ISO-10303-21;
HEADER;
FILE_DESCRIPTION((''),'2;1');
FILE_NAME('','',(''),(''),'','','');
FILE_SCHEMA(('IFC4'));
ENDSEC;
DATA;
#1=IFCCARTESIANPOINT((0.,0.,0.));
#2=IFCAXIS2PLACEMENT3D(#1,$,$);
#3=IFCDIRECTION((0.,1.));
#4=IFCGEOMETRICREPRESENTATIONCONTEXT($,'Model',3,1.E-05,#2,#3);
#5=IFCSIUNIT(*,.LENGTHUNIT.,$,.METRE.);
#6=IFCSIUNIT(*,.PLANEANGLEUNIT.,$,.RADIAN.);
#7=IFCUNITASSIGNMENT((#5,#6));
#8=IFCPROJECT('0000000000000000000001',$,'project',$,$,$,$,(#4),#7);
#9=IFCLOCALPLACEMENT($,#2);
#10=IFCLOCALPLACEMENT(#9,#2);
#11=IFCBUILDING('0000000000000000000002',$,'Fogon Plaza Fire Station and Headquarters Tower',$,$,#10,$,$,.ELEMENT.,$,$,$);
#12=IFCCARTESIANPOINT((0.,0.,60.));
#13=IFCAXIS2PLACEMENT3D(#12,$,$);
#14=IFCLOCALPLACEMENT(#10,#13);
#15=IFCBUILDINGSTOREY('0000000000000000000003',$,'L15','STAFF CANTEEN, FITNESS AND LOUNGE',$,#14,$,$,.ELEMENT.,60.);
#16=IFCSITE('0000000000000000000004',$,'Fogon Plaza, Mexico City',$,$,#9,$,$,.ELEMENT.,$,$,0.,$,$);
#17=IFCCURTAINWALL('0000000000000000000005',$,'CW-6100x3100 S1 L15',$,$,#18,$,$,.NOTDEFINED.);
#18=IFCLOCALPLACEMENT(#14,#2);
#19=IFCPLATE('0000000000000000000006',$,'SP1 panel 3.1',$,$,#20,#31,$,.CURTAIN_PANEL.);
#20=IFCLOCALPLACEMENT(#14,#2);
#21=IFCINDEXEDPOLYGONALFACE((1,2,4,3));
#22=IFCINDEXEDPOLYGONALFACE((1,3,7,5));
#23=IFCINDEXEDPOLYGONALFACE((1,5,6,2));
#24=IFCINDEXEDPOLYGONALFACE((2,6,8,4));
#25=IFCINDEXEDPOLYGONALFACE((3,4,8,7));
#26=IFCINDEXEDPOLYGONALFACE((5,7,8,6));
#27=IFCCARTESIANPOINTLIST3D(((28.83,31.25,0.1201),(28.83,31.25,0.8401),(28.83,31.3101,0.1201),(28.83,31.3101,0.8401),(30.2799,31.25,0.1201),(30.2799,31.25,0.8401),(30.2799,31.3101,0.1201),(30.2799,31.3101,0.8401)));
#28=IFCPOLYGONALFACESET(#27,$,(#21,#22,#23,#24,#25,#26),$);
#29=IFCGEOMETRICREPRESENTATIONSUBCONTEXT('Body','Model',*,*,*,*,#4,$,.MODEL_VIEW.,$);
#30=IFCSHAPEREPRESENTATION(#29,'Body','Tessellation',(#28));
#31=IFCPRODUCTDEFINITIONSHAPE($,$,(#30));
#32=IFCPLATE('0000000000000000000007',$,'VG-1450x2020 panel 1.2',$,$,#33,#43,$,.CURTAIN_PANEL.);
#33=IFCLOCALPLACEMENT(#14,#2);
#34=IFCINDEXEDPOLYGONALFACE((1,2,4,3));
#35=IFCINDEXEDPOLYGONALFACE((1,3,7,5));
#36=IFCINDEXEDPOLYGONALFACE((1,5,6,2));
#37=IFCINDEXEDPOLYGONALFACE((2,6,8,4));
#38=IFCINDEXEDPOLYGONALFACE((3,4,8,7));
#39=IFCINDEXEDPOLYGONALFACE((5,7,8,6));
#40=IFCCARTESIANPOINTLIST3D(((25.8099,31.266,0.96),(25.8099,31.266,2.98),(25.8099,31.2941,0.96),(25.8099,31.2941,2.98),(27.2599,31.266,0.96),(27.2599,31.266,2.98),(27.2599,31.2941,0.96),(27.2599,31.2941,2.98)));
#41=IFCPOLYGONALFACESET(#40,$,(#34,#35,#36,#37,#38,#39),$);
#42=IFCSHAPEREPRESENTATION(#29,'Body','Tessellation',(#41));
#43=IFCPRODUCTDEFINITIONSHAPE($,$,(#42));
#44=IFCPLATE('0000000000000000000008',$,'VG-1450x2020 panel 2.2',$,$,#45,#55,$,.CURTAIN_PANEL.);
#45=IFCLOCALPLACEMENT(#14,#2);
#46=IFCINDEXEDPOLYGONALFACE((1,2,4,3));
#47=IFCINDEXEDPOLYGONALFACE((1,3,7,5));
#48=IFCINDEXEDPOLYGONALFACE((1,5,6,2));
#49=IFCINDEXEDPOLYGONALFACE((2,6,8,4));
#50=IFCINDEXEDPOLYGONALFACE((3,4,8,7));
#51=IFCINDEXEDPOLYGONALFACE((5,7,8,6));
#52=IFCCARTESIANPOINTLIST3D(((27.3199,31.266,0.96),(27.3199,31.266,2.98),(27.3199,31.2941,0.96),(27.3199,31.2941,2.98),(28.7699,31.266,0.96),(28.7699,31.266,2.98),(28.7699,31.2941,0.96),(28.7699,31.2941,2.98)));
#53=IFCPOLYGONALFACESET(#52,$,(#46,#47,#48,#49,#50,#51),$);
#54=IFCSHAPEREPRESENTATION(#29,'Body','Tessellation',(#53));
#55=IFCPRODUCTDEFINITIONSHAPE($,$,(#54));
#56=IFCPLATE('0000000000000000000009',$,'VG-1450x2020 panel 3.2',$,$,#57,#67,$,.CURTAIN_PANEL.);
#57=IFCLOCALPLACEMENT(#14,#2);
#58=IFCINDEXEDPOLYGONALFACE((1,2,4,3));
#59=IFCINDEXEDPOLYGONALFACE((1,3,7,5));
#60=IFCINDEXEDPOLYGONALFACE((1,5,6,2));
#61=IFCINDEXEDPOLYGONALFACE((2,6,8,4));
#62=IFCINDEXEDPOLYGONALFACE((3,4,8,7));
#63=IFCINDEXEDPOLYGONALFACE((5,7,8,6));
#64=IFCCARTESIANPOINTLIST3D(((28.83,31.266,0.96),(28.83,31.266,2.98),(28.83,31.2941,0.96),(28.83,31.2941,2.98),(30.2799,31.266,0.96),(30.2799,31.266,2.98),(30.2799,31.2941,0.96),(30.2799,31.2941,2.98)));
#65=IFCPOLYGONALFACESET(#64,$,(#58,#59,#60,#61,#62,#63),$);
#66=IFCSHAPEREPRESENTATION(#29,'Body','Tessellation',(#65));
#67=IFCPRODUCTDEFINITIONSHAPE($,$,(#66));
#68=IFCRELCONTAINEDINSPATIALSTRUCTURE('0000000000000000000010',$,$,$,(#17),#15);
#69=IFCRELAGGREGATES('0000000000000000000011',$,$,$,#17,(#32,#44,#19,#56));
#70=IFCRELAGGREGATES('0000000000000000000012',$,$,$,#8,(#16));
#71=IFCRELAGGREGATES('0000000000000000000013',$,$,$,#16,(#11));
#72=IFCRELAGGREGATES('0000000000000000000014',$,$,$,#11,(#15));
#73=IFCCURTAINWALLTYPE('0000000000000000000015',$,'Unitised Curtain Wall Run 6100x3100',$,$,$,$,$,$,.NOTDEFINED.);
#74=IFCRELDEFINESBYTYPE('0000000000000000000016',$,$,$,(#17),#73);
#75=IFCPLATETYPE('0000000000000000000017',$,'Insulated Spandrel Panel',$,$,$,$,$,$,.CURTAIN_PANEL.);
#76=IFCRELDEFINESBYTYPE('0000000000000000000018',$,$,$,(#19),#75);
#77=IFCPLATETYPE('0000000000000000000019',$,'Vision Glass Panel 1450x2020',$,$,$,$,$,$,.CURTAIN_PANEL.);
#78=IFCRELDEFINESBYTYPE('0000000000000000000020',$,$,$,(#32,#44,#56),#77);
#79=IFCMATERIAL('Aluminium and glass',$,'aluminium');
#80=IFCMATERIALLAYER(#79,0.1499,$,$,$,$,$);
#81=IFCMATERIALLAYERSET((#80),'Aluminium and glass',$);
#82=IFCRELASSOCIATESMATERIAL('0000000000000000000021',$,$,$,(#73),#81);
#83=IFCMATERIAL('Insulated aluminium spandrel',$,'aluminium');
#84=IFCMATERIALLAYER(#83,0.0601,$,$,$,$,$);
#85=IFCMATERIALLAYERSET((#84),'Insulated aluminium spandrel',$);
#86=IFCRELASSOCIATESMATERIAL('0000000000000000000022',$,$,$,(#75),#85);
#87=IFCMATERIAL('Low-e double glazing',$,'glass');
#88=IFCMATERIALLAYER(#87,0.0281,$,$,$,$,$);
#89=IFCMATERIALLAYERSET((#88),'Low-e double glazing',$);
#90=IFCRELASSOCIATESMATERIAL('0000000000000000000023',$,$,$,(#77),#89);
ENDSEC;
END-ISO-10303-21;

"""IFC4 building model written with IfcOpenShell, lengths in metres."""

from ifc_helpers import new_model, si_unit, direction, frame, origin, origin_2d, place, context, subcontext, project, spatial, rectangle, extrude, material, layer, layer_set, type_object, element, aggregate, save


model = new_model("IFC4")

# Units and contexts
model_context = context("Model", 3, precision=1e-05, world=origin(), true_north=direction((0.0, 1.0)))
body_context = subcontext(model_context, "Body", "Model", "MODEL_VIEW")
ifc_project = project(units=[si_unit("LENGTHUNIT", "METRE"), si_unit("PLANEANGLEUNIT", "RADIAN")], contexts=[model_context])

# Site, building, storey
site_placement = place(None, origin())
site = spatial("IfcSite", under=ifc_project, at=site_placement, Name="Fogon Plaza, Mexico City", CompositionType="ELEMENT", RefElevation=0.0)
building_placement = place(site_placement, origin())
building = spatial("IfcBuilding", under=site, at=building_placement, Name="Fogon Plaza Fire Station and Headquarters Tower", CompositionType="ELEMENT")
storey_placement = place(building_placement, frame((0.0, 0.0, 60.0)))
storey = spatial("IfcBuildingStorey", under=building, at=storey_placement, Name="L15", Description="STAFF CANTEEN, FITNESS AND LOUNGE", CompositionType="ELEMENT", Elevation=60.0)

# Curtain wall
ifc_material_1 = material(Name="Aluminium and glass", Category="aluminium")
ifc_layer_1 = layer(ifc_material_1, 0.1499)
ifc_layer_set_1 = layer_set([ifc_layer_1], Name="Aluminium and glass")
curtain_wall_type = type_object("IfcCurtainWallType", Name="Unitised Curtain Wall Run 6100x3100", PredefinedType="NOTDEFINED", material=ifc_layer_set_1)
curtain_wall_placement = place(storey_placement, origin())
curtain_wall = element("IfcCurtainWall", 1, at=curtain_wall_placement, inside=storey, type_object=curtain_wall_type, Name="CW-6100x3100 S1 L15", PredefinedType="NOTDEFINED")

# Plates
ifc_material_2 = material(Name="Insulated aluminium spandrel", Category="aluminium")
ifc_layer_2 = layer(ifc_material_2, 0.0601)
ifc_layer_set_2 = layer_set([ifc_layer_2], Name="Insulated aluminium spandrel")
plate_type_1 = type_object("IfcPlateType", Name="Insulated Spandrel Panel", PredefinedType="CURTAIN_PANEL", material=ifc_layer_set_2)
plate_1_placement = place(storey_placement, frame((29.5549, 31.28, 0.1201), z_axis=(0.0, 0.0, 1.0), x_axis=(1.0, 0.0, 0.0)))
plate_1 = element("IfcPlate", 2, at=plate_1_placement, type_object=plate_type_1, Name="SP1 panel 3.1", PredefinedType="CURTAIN_PANEL", context=body_context, shape_type="SweptSolid", body=[
    extrude(rectangle(XDim=1.45, YDim=0.0601, at=origin_2d()), origin(), (0.0, 0.0, 1.0), 0.72),
])
ifc_material_3 = material(Name="Low-e double glazing", Category="glass")
ifc_layer_3 = layer(ifc_material_3, 0.0281)
ifc_layer_set_3 = layer_set([ifc_layer_3], Name="Low-e double glazing")
plate_type_2 = type_object("IfcPlateType", Name="Vision Glass Panel 1450x2020", PredefinedType="CURTAIN_PANEL", material=ifc_layer_set_3)
plate_2_placement = place(storey_placement, frame((26.5349, 31.28, 0.96), z_axis=(0.0, 0.0, 1.0), x_axis=(1.0, 0.0, 0.0)))
plate_2 = element("IfcPlate", 3, at=plate_2_placement, type_object=plate_type_2, Name="VG-1450x2020 panel 1.2", PredefinedType="CURTAIN_PANEL", context=body_context, shape_type="SweptSolid", body=[
    extrude(rectangle(XDim=1.45, YDim=0.0281, at=origin_2d()), origin(), (0.0, 0.0, 1.0), 2.02),
])
plate_3_placement = place(storey_placement, frame((28.0449, 31.28, 0.96), z_axis=(0.0, 0.0, 1.0), x_axis=(1.0, 0.0, 0.0)))
plate_3 = element("IfcPlate", 4, at=plate_3_placement, type_object=plate_type_2, Name="VG-1450x2020 panel 2.2", PredefinedType="CURTAIN_PANEL", context=body_context, shape_type="SweptSolid", body=[
    extrude(rectangle(XDim=1.45, YDim=0.0281, at=origin_2d()), origin(), (0.0, 0.0, 1.0), 2.02),
])
plate_4_placement = place(storey_placement, frame((29.5549, 31.28, 0.96), z_axis=(0.0, 0.0, 1.0), x_axis=(1.0, 0.0, 0.0)))
plate_4 = element("IfcPlate", 5, at=plate_4_placement, type_object=plate_type_2, Name="VG-1450x2020 panel 3.2", PredefinedType="CURTAIN_PANEL", context=body_context, shape_type="SweptSolid", body=[
    extrude(rectangle(XDim=1.45, YDim=0.0281, at=origin_2d()), origin(), (0.0, 0.0, 1.0), 2.02),
])
aggregate(curtain_wall, [plate_2, plate_3, plate_1, plate_4])

save(model, "model.ifc")
